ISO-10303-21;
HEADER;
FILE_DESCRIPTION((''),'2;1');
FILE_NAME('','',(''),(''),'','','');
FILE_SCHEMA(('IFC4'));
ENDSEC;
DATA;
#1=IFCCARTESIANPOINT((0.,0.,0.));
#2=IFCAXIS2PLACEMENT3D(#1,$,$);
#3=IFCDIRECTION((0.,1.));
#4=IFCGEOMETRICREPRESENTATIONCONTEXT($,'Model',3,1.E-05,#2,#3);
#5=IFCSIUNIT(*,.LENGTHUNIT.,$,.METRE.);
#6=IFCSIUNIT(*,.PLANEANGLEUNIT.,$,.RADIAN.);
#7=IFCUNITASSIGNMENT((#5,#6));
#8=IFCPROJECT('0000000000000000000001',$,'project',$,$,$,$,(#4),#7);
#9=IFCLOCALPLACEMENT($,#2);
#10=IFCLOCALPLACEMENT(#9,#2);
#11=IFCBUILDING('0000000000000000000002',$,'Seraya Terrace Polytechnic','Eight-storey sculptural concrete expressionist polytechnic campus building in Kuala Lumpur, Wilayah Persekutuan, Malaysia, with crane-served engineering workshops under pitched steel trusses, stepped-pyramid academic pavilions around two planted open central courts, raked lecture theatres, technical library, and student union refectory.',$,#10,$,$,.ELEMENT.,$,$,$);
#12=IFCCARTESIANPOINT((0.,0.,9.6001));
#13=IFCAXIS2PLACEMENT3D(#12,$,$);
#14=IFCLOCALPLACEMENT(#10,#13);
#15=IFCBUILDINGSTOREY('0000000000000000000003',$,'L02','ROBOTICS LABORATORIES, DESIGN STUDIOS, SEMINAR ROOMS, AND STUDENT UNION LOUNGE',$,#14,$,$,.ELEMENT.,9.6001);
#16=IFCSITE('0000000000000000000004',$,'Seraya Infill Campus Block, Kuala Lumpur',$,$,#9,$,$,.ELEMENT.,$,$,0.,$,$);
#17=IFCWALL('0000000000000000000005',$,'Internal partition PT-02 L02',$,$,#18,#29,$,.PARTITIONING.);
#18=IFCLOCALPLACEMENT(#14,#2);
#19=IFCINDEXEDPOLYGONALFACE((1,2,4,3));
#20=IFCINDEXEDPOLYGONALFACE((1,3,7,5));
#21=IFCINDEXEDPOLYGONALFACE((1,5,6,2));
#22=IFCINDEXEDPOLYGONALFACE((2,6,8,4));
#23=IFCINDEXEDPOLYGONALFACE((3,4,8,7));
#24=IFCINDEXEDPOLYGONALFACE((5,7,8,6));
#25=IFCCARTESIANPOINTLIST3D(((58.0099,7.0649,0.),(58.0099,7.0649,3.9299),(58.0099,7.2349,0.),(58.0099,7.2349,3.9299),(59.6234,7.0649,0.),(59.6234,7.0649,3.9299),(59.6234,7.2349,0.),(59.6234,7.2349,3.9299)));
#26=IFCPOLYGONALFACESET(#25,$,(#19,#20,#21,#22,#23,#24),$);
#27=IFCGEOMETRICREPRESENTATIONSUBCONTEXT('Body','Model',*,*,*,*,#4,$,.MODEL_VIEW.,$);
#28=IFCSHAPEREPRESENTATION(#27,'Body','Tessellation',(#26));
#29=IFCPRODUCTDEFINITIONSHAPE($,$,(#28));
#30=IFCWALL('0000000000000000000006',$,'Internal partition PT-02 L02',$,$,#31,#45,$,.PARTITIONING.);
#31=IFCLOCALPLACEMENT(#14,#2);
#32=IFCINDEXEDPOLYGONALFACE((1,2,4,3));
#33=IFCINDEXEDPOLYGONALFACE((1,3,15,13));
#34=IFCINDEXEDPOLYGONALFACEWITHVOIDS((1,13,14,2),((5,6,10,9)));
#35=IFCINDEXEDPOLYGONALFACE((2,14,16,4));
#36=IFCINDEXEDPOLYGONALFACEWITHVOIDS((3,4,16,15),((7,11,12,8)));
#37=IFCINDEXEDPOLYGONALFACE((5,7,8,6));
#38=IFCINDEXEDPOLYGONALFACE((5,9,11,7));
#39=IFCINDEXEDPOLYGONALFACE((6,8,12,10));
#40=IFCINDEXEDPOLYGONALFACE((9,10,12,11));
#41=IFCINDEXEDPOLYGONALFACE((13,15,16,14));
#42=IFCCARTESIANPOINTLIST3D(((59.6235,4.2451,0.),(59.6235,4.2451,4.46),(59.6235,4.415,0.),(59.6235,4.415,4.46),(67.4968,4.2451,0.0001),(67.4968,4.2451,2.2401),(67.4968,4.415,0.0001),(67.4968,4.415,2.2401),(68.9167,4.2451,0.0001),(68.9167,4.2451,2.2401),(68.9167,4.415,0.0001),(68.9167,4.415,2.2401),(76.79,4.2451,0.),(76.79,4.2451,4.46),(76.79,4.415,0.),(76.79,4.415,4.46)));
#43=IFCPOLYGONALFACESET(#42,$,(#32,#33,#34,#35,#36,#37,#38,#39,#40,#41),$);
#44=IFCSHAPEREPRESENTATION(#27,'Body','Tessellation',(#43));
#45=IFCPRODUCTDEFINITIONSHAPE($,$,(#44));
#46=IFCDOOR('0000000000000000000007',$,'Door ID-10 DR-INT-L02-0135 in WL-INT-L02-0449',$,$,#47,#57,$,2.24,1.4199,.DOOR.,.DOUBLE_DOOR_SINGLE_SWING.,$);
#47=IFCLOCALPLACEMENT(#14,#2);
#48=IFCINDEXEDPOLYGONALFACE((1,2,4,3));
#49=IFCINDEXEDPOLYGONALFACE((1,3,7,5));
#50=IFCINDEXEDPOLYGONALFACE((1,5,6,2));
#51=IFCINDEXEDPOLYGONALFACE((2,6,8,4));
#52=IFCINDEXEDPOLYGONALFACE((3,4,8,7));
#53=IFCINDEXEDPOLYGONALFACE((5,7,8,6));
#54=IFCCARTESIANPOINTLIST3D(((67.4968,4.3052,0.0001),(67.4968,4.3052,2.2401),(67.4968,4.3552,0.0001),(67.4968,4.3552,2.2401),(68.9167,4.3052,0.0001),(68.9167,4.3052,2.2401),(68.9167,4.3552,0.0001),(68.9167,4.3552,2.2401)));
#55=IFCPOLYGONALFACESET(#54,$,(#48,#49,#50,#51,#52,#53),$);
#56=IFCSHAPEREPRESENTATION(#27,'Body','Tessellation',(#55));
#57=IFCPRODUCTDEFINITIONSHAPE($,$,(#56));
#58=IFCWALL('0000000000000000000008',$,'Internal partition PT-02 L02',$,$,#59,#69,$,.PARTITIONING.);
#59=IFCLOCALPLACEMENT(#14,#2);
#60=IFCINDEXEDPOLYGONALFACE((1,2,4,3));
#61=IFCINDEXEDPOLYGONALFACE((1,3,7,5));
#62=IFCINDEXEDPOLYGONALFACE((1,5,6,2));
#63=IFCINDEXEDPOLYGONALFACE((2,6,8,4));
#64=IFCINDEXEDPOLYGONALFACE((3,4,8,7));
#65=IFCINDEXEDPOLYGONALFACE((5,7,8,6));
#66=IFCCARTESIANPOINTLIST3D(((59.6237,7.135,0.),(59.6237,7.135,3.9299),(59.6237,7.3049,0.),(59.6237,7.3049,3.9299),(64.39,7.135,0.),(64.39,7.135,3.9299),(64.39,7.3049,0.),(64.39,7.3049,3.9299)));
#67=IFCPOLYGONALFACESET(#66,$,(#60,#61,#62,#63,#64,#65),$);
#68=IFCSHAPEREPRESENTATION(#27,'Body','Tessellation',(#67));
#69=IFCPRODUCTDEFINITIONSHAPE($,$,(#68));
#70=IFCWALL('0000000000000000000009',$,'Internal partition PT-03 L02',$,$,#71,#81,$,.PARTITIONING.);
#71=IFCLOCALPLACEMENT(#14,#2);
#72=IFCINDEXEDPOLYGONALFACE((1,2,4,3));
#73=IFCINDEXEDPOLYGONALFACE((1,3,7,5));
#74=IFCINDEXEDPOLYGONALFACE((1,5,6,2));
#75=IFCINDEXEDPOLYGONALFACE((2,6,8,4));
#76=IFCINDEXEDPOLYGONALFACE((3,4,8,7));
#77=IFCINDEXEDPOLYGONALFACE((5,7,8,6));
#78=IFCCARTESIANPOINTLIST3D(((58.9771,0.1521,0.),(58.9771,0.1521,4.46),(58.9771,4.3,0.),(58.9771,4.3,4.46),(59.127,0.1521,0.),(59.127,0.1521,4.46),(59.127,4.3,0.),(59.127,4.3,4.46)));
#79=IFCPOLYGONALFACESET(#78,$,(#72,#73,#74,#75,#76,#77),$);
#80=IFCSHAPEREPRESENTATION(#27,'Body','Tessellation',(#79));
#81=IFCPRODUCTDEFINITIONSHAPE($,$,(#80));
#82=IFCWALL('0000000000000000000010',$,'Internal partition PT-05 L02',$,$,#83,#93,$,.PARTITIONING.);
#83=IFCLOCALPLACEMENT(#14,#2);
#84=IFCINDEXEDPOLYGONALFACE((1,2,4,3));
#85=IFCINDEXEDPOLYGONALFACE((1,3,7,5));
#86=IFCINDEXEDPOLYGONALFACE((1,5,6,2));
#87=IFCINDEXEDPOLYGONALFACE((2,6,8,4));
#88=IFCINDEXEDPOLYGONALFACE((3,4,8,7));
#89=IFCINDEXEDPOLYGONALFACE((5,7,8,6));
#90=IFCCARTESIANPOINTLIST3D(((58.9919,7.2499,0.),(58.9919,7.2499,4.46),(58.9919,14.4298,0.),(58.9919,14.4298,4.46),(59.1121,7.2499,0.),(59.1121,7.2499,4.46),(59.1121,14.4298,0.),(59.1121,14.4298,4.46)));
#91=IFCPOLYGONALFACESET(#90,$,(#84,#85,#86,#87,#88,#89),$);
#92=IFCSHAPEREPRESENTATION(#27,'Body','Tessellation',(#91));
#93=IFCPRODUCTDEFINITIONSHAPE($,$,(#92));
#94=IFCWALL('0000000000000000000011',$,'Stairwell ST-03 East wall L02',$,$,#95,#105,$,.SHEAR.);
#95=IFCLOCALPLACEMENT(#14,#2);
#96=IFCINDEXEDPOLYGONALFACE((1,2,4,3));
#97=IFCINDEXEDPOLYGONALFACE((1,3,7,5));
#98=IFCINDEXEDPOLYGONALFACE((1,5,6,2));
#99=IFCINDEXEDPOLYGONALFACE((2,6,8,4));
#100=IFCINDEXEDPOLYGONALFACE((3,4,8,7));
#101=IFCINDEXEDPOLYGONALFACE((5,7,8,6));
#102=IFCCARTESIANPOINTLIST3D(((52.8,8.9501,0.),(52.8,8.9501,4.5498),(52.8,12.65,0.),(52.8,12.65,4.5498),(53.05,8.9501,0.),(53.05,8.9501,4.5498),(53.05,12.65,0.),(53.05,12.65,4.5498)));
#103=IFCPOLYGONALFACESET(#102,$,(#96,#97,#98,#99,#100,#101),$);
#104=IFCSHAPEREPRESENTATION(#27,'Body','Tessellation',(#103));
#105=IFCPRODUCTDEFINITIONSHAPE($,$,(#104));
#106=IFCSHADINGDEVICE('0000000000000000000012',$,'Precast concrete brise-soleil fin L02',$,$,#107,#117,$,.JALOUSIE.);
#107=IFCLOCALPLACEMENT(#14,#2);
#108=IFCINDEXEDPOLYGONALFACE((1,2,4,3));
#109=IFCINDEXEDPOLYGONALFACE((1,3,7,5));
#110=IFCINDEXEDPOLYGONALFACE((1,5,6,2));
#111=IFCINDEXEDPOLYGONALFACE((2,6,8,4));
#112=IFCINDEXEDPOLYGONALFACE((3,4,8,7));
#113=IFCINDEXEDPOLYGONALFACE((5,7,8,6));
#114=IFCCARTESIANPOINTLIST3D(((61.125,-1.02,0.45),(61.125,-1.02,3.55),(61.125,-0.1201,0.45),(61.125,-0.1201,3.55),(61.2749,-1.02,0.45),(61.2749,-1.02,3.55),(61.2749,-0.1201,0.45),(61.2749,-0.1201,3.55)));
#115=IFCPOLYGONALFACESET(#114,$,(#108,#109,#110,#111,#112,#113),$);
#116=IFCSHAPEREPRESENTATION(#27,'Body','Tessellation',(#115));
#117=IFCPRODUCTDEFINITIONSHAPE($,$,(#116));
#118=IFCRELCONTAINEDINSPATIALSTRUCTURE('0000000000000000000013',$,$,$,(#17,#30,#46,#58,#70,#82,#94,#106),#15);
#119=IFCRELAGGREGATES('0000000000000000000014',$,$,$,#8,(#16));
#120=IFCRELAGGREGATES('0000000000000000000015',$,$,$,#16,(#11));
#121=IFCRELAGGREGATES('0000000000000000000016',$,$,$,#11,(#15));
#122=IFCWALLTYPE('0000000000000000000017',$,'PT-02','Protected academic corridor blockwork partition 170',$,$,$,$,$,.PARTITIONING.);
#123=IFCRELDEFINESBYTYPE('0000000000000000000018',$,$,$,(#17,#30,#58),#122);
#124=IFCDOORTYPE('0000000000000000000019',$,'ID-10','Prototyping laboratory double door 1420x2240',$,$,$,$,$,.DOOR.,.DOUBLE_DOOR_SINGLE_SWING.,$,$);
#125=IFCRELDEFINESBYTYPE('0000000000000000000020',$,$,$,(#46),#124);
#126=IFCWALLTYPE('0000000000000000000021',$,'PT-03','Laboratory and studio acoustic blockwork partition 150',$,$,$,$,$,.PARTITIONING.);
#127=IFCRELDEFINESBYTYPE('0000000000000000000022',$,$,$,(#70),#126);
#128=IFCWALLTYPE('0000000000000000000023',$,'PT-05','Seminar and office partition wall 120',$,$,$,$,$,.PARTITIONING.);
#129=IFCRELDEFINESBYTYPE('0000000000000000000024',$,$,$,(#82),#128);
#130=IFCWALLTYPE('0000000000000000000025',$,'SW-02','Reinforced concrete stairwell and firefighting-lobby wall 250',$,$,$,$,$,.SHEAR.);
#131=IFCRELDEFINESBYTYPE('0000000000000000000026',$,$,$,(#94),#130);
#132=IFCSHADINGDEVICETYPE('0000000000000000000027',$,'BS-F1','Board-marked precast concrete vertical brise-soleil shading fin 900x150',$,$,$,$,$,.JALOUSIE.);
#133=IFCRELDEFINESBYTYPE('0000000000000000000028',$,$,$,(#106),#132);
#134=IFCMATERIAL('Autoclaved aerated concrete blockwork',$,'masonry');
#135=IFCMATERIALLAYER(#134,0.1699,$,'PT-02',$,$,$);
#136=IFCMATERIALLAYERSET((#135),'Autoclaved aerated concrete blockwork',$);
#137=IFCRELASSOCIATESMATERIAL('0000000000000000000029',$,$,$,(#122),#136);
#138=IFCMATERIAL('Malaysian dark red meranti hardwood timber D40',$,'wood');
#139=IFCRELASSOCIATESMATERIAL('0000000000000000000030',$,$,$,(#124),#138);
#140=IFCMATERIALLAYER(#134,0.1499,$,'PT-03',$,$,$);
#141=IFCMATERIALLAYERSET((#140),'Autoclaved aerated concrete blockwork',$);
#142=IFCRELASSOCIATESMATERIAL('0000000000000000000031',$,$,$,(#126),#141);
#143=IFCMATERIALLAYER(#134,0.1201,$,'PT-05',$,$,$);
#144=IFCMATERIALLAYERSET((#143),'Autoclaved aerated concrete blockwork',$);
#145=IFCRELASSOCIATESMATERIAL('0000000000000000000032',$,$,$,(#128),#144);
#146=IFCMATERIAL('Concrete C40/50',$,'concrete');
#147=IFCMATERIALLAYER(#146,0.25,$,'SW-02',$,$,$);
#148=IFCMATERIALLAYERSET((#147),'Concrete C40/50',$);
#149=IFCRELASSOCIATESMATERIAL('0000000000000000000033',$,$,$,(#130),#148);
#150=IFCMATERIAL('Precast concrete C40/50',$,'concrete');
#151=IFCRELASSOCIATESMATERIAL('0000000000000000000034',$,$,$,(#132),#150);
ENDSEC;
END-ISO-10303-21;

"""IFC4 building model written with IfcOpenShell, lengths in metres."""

from ifc_helpers import new_model, si_unit, direction, frame, frame_2d, origin, origin_2d, place, context, subcontext, project, spatial, rectangle, extrude, material, layer, layer_set, type_object, element, fill, save


model = new_model("IFC4")

# Units and contexts
model_context = context("Model", 3, precision=1e-05, world=origin(), true_north=direction((0.0, 1.0)))
body_context = subcontext(model_context, "Body", "Model", "MODEL_VIEW")
ifc_project = project(units=[si_unit("LENGTHUNIT", "METRE"), si_unit("PLANEANGLEUNIT", "RADIAN")], contexts=[model_context])

# Site, building, storey
site_placement = place(None, origin())
site = spatial("IfcSite", under=ifc_project, at=site_placement, Name="Seraya Infill Campus Block, Kuala Lumpur", CompositionType="ELEMENT", RefElevation=0.0)
building_placement = place(site_placement, origin())
building = spatial("IfcBuilding", under=site, at=building_placement, Name="Seraya Terrace Polytechnic", Description="Eight-storey sculptural concrete expressionist polytechnic campus building in Kuala Lumpur, Wilayah Persekutuan, Malaysia, with crane-served engineering workshops under pitched steel trusses, stepped-pyramid academic pavilions around two planted open central courts, raked lecture theatres, technical library, and student union refectory.", CompositionType="ELEMENT")
storey_placement = place(building_placement, frame((0.0, 0.0, 9.6001)))
storey = spatial("IfcBuildingStorey", under=building, at=storey_placement, Name="L02", Description="ROBOTICS LABORATORIES, DESIGN STUDIOS, SEMINAR ROOMS, AND STUDENT UNION LOUNGE", CompositionType="ELEMENT", Elevation=9.6001)

# Shared definitions
ifc_material_1 = material(Name="Concrete C40/50", Category="concrete")

# Shared definitions
ifc_material_2 = material(Name="Precast concrete C40/50", Category="concrete")

# Wall
ifc_material_3 = material(Name="Autoclaved aerated concrete blockwork", Category="masonry")
ifc_layer_1 = layer(ifc_material_3, 0.1699, Name="PT-02")
ifc_layer_set_1 = layer_set([ifc_layer_1], Name="Autoclaved aerated concrete blockwork")
wall_type_1 = type_object("IfcWallType", Name="PT-02", Description="Protected academic corridor blockwork partition 170", PredefinedType="PARTITIONING", material=ifc_layer_set_1)
wall_1_placement = place(storey_placement, frame((58.01, 7.1499, 0.0), z_axis=(0.0, 0.0, 1.0), x_axis=(1.0, 0.0, 0.0)))
element("IfcWall", 1, at=wall_1_placement, inside=storey, type_object=wall_type_1, Name="Internal partition PT-02 L02", PredefinedType="PARTITIONING", context=body_context, shape_type="SweptSolid", body=[
    extrude(rectangle(XDim=1.6135, YDim=0.1699, at=frame_2d((0.8066, 0.0))), origin(), (0.0, 0.0, 1.0), 3.9299),
])

# Wall, opening, door
wall_2_placement = place(storey_placement, frame((59.6235, 4.3301, 0.0), z_axis=(0.0, 0.0, 1.0), x_axis=(1.0, 0.0, 0.0)))
wall_2 = element("IfcWall", 2, at=wall_2_placement, inside=storey, type_object=wall_type_1, Name="Internal partition PT-02 L02", PredefinedType="PARTITIONING", context=body_context, shape_type="SweptSolid", body=[
    extrude(rectangle(XDim=17.1665, YDim=0.1699, at=frame_2d((8.5833, 0.0))), origin(), (0.0, 0.0, 1.0), 4.46),
])
opening_1_placement = place(wall_2_placement, frame((7.8733, 0.0, 0.0)))
opening_1 = element("IfcOpeningElement", 3, at=opening_1_placement, cuts=wall_2, PredefinedType="OPENING", context=body_context, shape_type="SweptSolid", body=[
    extrude(rectangle(XDim=1.4199, YDim=2.24, at=frame_2d((0.71, 1.1201))), frame((0.0, 0.0969, 0.0), z_axis=(0.0, -1.0, 0.0), x_axis=(1.0, 0.0, 0.0)), (0.0, 0.0, 1.0), 0.1938),
])
ifc_material_4 = material(Name="Malaysian dark red meranti hardwood timber D40", Category="wood")
door_type = type_object("IfcDoorType", Name="ID-10", Description="Prototyping laboratory double door 1420x2240", OperationType="DOUBLE_DOOR_SINGLE_SWING", PredefinedType="DOOR", material=ifc_material_4)
door_placement = place(opening_1_placement, frame((1.4199, 0.0, 0.0), z_axis=(0.0, 0.0, 1.0), x_axis=(-1.0, 0.0, 0.0)))
door = element("IfcDoor", 4, at=door_placement, inside=storey, type_object=door_type, Name="Door ID-10 DR-INT-L02-0135 in WL-INT-L02-0449", OperationType="DOUBLE_DOOR_SINGLE_SWING", OverallHeight=2.24, OverallWidth=1.4199, PredefinedType="DOOR", context=body_context, shape_type="SweptSolid", body=[
    extrude(rectangle(XDim=1.4199, YDim=2.24, at=frame_2d((0.71, 1.1201))), frame((0.0, 0.0249, 0.0), z_axis=(0.0, -1.0, 0.0), x_axis=(1.0, 0.0, 0.0)), (0.0, 0.0, 1.0), 0.05),
])
fill(opening_1, door)

# Walls
wall_3_placement = place(storey_placement, frame((59.6235, 7.22, 0.0), z_axis=(0.0, 0.0, 1.0), x_axis=(1.0, 0.0, 0.0)))
element("IfcWall", 5, at=wall_3_placement, inside=storey, type_object=wall_type_1, Name="Internal partition PT-02 L02", PredefinedType="PARTITIONING", context=body_context, shape_type="SweptSolid", body=[
    extrude(rectangle(XDim=4.7664, YDim=0.1699, at=frame_2d((2.3833, 0.0))), origin(), (0.0, 0.0, 1.0), 3.9299),
])
ifc_layer_2 = layer(ifc_material_3, 0.1499, Name="PT-03")
ifc_layer_set_2 = layer_set([ifc_layer_2], Name="Autoclaved aerated concrete blockwork")
wall_type_2 = type_object("IfcWallType", Name="PT-03", Description="Laboratory and studio acoustic blockwork partition 150", PredefinedType="PARTITIONING", material=ifc_layer_set_2)
wall_4_placement = place(storey_placement, frame((59.052, 0.1521, 0.0), z_axis=(0.0, 0.0, 1.0), x_axis=(0.0, 1.0, 0.0)))
element("IfcWall", 6, at=wall_4_placement, inside=storey, type_object=wall_type_2, Name="Internal partition PT-03 L02", PredefinedType="PARTITIONING", context=body_context, shape_type="SweptSolid", body=[
    extrude(rectangle(XDim=4.1479, YDim=0.1499, at=frame_2d((2.074, 0.0))), origin(), (0.0, 0.0, 1.0), 4.46),
])
ifc_layer_3 = layer(ifc_material_3, 0.1201, Name="PT-05")
ifc_layer_set_3 = layer_set([ifc_layer_3], Name="Autoclaved aerated concrete blockwork")
wall_type_3 = type_object("IfcWallType", Name="PT-05", Description="Seminar and office partition wall 120", PredefinedType="PARTITIONING", material=ifc_layer_set_3)
wall_5_placement = place(storey_placement, frame((59.052, 7.25, 0.0), z_axis=(0.0, 0.0, 1.0), x_axis=(0.0, 1.0, 0.0)))
element("IfcWall", 7, at=wall_5_placement, inside=storey, type_object=wall_type_3, Name="Internal partition PT-05 L02", PredefinedType="PARTITIONING", context=body_context, shape_type="SweptSolid", body=[
    extrude(rectangle(XDim=7.1799, YDim=0.1201, at=frame_2d((3.5898, 0.0))), origin(), (0.0, 0.0, 1.0), 4.46),
])
ifc_layer_4 = layer(ifc_material_1, 0.25, Name="SW-02")
ifc_layer_set_4 = layer_set([ifc_layer_4], Name="Concrete C40/50")
wall_type_4 = type_object("IfcWallType", Name="SW-02", Description="Reinforced concrete stairwell and firefighting-lobby wall 250", PredefinedType="SHEAR", material=ifc_layer_set_4)
wall_6_placement = place(storey_placement, frame((52.925, 8.95, 0.0), z_axis=(0.0, 0.0, 1.0), x_axis=(0.0, 1.0, 0.0)))
element("IfcWall", 8, at=wall_6_placement, inside=storey, type_object=wall_type_4, Name="Stairwell ST-03 East wall L02", PredefinedType="SHEAR", context=body_context, shape_type="SweptSolid", body=[
    extrude(rectangle(XDim=3.7, YDim=0.25, at=frame_2d((1.8501, 0.0))), origin(), (0.0, 0.0, 1.0), 4.5498),
])

# Shading device
shading_device_type = type_object("IfcShadingDeviceType", Name="BS-F1", Description="Board-marked precast concrete vertical brise-soleil shading fin 900x150", PredefinedType="JALOUSIE", material=ifc_material_2)
shading_device_placement = place(storey_placement, frame((61.2, -0.5701, 0.45), z_axis=(0.0, 0.0, 1.0), x_axis=(0.0, -1.0, 0.0)))
element("IfcShadingDevice", 9, at=shading_device_placement, inside=storey, type_object=shading_device_type, Name="Precast concrete brise-soleil fin L02", PredefinedType="JALOUSIE", context=body_context, shape_type="SweptSolid", body=[
    extrude(rectangle(XDim=0.8999, YDim=0.1499, at=origin_2d()), origin(), (0.0, 0.0, 1.0), 3.1001),
])

save(model, "model.ifc")
